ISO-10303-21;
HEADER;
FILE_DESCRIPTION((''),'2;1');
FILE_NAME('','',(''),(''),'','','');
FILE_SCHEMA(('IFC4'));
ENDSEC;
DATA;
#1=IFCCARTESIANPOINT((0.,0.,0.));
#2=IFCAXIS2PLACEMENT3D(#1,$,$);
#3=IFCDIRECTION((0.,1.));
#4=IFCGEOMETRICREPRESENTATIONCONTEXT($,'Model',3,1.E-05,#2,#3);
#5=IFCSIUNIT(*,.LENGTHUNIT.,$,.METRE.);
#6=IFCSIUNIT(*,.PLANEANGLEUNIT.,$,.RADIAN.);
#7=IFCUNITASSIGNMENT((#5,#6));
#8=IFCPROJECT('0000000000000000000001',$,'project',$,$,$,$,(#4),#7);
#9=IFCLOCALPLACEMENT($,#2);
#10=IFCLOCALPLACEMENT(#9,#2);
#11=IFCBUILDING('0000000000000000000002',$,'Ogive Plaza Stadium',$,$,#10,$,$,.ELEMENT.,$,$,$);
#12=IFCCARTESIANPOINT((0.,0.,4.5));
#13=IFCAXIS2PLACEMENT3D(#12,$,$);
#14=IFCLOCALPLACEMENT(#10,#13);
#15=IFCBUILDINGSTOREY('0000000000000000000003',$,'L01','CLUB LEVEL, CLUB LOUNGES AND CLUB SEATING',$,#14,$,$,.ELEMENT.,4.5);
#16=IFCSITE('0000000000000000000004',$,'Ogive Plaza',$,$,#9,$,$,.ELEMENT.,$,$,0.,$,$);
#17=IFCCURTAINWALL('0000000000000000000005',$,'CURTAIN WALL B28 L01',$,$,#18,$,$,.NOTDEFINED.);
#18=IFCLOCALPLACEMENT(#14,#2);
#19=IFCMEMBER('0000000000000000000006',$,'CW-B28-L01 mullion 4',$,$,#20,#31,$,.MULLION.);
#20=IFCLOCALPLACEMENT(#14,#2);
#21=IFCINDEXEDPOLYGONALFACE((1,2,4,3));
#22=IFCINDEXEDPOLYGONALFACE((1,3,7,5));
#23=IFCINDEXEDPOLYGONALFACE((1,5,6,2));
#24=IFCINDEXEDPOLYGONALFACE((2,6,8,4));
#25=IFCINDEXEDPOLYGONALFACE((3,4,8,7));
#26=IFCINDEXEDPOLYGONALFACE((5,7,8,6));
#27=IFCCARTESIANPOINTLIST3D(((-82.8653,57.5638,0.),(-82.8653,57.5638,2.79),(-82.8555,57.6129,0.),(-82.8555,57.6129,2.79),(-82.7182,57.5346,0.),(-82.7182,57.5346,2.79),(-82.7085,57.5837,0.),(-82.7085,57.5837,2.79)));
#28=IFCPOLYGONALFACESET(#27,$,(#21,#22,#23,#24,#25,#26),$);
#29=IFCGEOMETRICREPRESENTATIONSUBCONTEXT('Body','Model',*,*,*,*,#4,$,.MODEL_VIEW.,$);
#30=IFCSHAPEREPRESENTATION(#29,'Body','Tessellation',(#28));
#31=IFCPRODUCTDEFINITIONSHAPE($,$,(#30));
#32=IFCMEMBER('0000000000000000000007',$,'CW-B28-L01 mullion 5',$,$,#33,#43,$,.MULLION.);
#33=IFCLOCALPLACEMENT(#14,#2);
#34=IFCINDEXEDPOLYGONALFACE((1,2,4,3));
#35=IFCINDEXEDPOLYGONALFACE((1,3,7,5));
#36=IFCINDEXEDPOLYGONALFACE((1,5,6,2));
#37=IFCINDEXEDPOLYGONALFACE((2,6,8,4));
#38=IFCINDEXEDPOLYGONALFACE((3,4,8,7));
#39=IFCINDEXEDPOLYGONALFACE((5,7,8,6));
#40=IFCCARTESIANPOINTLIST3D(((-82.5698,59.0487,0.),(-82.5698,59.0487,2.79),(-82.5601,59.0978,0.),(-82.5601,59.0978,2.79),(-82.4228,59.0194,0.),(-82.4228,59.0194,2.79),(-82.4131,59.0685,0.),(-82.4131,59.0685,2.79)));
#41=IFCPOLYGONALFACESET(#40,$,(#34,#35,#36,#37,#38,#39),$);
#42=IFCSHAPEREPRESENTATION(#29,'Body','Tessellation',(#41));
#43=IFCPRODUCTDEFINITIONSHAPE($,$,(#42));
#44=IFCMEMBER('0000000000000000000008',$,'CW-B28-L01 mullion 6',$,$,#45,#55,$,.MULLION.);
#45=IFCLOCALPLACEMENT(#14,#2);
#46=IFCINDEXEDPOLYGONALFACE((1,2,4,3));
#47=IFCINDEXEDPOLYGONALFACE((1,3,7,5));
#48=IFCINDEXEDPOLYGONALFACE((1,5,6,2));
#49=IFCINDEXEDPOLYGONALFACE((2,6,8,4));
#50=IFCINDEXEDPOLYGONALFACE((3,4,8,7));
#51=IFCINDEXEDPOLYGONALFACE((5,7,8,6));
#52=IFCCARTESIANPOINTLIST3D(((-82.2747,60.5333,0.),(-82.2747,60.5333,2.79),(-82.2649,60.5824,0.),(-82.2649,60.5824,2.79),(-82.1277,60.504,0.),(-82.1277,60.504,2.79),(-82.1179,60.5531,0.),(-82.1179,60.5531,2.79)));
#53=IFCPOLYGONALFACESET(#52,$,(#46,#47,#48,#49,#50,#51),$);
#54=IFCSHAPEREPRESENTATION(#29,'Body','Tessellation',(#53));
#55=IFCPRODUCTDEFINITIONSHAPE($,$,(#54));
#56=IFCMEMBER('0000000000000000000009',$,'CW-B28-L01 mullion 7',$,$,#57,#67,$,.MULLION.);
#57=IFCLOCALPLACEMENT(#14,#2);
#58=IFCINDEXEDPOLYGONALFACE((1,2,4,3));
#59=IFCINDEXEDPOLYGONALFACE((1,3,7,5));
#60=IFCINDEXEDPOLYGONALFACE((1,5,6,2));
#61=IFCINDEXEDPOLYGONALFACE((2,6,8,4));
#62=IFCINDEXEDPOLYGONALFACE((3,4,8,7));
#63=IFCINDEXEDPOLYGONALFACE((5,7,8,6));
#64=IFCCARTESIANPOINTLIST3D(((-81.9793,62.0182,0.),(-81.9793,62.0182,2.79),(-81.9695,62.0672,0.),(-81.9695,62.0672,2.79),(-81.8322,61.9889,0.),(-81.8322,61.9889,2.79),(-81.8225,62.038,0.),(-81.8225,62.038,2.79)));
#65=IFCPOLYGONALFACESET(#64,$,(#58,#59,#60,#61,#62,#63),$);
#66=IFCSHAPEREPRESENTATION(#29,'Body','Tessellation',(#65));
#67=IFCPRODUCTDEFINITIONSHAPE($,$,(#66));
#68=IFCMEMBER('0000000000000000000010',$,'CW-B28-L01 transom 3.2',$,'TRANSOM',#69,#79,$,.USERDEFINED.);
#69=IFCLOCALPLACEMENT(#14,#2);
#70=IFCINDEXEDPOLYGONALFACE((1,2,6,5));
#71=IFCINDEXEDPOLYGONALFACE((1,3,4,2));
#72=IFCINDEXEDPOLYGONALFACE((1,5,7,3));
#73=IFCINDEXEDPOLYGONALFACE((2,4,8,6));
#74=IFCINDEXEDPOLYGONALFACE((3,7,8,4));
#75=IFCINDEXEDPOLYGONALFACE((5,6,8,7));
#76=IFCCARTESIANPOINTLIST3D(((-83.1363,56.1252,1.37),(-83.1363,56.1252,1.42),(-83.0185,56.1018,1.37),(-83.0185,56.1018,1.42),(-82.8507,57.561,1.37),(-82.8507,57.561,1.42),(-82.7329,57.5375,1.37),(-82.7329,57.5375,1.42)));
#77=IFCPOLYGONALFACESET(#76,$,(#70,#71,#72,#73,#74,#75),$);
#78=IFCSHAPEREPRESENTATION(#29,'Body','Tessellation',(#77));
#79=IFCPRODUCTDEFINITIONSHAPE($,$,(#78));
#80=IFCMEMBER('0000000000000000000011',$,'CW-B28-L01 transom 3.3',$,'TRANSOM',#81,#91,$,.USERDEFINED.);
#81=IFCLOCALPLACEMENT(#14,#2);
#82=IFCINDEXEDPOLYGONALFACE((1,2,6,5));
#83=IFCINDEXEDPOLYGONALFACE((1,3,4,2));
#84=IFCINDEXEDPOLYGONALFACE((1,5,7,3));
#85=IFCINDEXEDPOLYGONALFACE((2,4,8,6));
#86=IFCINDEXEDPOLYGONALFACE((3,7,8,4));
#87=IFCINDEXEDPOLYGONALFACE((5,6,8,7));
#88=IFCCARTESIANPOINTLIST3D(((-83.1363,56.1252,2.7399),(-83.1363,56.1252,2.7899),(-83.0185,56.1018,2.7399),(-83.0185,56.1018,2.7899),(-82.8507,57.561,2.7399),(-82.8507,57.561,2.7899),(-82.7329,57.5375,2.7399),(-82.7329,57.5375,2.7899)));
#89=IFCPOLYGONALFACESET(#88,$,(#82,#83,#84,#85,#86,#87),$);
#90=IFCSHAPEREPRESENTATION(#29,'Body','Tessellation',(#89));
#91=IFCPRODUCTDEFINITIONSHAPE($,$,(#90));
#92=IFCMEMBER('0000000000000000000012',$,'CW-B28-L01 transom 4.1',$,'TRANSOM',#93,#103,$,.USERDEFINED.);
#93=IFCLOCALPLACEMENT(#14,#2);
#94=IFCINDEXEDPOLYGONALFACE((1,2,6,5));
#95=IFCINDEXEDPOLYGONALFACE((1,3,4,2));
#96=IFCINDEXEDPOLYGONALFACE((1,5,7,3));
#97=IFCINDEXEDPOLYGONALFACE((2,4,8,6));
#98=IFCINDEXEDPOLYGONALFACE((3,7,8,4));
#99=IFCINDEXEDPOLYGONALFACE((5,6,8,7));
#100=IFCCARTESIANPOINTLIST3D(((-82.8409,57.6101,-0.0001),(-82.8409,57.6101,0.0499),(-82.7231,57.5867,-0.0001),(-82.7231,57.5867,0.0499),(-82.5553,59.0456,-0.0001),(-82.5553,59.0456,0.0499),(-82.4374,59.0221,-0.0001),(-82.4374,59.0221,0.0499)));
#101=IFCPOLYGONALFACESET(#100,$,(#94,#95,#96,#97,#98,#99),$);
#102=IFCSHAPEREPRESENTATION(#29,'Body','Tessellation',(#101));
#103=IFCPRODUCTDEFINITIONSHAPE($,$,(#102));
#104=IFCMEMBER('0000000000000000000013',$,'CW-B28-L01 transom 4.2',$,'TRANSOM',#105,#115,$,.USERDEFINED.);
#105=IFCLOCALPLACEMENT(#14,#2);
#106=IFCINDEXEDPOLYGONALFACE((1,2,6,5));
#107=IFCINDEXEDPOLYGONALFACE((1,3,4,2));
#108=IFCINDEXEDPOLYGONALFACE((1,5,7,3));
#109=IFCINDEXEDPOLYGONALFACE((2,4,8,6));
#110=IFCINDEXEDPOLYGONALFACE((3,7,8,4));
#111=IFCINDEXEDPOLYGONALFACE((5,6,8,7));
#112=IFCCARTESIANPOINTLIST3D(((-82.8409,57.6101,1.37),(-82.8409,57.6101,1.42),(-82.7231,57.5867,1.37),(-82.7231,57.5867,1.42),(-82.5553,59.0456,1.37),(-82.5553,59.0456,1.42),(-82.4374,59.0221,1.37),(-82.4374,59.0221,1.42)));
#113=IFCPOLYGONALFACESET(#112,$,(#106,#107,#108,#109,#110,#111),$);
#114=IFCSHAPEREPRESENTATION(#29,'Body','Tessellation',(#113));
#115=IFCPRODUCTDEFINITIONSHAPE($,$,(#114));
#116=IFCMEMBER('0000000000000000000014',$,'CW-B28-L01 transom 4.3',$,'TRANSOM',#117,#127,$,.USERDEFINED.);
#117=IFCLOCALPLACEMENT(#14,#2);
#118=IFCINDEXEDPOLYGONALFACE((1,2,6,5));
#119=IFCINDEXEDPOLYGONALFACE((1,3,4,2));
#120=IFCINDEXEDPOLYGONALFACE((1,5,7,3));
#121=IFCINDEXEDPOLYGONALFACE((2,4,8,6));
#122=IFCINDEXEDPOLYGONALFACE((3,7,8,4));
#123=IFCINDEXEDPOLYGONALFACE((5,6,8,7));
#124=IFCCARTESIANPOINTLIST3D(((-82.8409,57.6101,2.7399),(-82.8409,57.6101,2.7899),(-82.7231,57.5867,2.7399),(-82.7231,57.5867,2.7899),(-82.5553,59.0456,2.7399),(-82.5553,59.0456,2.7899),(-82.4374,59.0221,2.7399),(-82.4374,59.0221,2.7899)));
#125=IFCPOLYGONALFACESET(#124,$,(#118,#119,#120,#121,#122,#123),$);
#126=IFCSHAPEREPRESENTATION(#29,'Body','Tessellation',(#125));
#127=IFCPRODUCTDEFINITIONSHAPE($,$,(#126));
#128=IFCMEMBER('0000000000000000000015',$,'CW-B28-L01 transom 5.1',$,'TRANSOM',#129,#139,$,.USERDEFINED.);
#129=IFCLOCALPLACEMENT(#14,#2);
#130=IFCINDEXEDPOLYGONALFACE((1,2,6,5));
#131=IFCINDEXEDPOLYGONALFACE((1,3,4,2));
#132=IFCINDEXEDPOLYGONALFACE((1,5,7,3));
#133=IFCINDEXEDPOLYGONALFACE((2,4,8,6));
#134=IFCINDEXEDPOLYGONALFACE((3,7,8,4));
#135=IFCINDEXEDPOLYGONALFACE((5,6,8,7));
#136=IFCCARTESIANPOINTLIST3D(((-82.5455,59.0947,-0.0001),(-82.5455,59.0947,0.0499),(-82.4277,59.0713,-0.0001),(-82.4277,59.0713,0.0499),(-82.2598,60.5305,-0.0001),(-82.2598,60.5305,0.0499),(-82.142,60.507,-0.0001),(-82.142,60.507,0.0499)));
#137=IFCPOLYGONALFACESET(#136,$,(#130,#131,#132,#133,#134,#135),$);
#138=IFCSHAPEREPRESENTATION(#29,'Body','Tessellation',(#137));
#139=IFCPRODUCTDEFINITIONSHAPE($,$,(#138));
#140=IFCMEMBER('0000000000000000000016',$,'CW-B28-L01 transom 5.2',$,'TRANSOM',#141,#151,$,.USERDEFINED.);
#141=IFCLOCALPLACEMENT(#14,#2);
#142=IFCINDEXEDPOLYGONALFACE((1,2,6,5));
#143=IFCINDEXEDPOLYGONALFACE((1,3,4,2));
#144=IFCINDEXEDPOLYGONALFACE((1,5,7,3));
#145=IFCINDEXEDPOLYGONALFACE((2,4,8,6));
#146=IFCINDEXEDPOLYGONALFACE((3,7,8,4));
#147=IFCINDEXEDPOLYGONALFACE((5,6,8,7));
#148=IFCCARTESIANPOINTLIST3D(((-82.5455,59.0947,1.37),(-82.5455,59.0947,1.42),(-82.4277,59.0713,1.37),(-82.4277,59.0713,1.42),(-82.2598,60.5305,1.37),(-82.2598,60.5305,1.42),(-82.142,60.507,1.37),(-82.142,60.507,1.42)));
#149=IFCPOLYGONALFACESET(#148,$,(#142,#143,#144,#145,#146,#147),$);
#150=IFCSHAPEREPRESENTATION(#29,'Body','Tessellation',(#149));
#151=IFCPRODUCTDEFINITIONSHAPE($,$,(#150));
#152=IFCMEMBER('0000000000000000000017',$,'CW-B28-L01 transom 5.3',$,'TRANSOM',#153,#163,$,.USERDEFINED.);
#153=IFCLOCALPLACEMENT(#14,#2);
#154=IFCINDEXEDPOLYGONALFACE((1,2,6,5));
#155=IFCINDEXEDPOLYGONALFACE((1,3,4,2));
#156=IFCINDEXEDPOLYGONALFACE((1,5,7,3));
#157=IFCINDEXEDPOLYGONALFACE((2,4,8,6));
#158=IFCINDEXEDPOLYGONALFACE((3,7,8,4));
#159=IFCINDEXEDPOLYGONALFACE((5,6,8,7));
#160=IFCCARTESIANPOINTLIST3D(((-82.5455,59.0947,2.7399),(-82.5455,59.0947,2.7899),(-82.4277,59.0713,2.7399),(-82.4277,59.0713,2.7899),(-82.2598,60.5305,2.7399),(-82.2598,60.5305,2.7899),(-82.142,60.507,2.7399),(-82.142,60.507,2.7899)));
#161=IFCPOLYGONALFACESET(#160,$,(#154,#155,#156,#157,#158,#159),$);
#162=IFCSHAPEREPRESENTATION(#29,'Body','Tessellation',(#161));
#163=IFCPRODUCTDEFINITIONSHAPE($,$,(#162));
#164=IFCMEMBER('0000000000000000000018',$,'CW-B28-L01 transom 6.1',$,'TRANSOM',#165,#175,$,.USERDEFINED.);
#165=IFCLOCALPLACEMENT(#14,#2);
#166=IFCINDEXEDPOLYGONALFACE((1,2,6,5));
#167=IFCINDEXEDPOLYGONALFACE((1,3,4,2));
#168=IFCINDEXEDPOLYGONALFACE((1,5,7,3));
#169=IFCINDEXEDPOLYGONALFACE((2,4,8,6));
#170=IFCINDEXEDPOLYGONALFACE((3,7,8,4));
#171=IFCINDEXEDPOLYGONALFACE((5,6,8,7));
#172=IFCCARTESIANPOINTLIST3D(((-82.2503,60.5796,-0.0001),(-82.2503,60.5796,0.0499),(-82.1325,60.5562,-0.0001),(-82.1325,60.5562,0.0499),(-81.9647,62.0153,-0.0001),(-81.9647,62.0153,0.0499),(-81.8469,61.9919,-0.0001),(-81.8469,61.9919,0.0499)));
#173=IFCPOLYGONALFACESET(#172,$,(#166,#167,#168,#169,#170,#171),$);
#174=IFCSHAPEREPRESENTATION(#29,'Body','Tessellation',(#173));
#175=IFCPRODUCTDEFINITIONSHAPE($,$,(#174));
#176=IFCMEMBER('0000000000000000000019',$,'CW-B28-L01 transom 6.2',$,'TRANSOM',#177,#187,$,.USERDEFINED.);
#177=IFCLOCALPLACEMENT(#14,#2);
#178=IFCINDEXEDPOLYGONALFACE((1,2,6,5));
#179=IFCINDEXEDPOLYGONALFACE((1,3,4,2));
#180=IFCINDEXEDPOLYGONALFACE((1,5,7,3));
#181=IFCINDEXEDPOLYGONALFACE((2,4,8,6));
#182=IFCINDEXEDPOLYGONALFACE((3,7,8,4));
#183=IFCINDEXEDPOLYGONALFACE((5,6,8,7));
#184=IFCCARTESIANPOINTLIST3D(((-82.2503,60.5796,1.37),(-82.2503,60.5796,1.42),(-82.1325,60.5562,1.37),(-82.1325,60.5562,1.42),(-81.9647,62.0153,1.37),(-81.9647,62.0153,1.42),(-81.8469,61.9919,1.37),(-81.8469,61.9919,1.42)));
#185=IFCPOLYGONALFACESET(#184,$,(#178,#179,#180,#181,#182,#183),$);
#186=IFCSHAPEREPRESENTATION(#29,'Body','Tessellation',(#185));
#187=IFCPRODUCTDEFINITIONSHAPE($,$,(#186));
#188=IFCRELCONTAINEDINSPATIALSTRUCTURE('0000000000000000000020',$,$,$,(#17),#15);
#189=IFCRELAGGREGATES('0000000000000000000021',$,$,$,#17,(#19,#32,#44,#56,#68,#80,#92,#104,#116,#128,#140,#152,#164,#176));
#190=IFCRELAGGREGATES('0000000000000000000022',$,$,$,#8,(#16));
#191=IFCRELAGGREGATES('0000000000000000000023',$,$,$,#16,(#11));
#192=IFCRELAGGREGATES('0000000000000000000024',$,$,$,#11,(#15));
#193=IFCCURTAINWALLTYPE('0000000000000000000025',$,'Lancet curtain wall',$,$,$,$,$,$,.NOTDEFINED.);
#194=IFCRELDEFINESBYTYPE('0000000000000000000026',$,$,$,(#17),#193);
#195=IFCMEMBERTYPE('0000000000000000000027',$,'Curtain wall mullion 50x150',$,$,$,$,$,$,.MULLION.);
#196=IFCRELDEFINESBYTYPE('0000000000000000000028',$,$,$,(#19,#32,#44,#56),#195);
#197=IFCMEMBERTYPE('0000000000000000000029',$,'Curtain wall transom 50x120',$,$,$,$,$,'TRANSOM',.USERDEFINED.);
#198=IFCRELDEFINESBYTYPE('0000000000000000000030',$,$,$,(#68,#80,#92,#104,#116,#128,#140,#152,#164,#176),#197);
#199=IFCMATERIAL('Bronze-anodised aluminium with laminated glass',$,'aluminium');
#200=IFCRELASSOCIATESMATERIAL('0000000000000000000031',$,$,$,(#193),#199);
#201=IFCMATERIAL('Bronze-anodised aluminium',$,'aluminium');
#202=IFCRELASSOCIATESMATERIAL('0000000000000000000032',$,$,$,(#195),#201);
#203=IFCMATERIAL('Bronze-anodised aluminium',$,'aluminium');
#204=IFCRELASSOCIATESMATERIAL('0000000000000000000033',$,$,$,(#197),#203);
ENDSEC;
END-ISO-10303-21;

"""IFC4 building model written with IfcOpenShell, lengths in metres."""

from ifc_helpers import new_model, si_unit, direction, frame, origin, origin_2d, place, context, subcontext, project, spatial, rectangle, extrude, material, material_profile, profile_set, type_object, element, aggregate, save


model = new_model("IFC4")

# Units and contexts
model_context = context("Model", 3, precision=1e-05, world=origin(), true_north=direction((0.0, 1.0)))
body_context = subcontext(model_context, "Body", "Model", "MODEL_VIEW")
ifc_project = project(units=[si_unit("LENGTHUNIT", "METRE"), si_unit("PLANEANGLEUNIT", "RADIAN")], contexts=[model_context])

# Site, building, storey
site_placement = place(None, origin())
site = spatial("IfcSite", under=ifc_project, at=site_placement, Name="Ogive Plaza", CompositionType="ELEMENT", RefElevation=0.0)
building_placement = place(site_placement, origin())
building = spatial("IfcBuilding", under=site, at=building_placement, Name="Ogive Plaza Stadium", CompositionType="ELEMENT")
storey_placement = place(building_placement, frame((0.0, 0.0, 4.5)))
storey = spatial("IfcBuildingStorey", under=building, at=storey_placement, Name="L01", Description="CLUB LEVEL, CLUB LOUNGES AND CLUB SEATING", CompositionType="ELEMENT", Elevation=4.5)

# Curtain wall, members
ifc_material_1 = material(Name="Bronze-anodised aluminium with laminated glass", Category="aluminium")
curtain_wall_type = type_object("IfcCurtainWallType", Name="Lancet curtain wall", PredefinedType="NOTDEFINED", material=ifc_material_1)
curtain_wall_placement = place(storey_placement, origin())
curtain_wall = element("IfcCurtainWall", 1, at=curtain_wall_placement, inside=storey, type_object=curtain_wall_type, Name="CURTAIN WALL B28 L01", PredefinedType="NOTDEFINED")
ifc_material_2 = material(Name="Bronze-anodised aluminium", Category="aluminium")
ifc_material_profile_1 = material_profile(ifc_material_2, rectangle(XDim=0.1499, YDim=0.05, at=origin_2d()), Name="AL 150x50")
ifc_profile_set_1 = profile_set([ifc_material_profile_1], Name="Bronze-anodised aluminium")
member_type_1 = type_object("IfcMemberType", Name="Curtain wall mullion 50x150", PredefinedType="MULLION", material=ifc_profile_set_1)
member_1_placement = place(storey_placement, frame((-82.7869, 57.5737, 0.0), z_axis=(0.0, 0.0, 1.0), x_axis=(-0.980785, 0.19509, 0.0)))
member_1 = element("IfcMember", 2, at=member_1_placement, type_object=member_type_1, Name="CW-B28-L01 mullion 4", PredefinedType="MULLION", context=body_context, shape_type="SweptSolid", body=[
    extrude(rectangle(XDim=0.1499, YDim=0.05, at=origin_2d()), origin(), (0.0, 0.0, 1.0), 2.79),
])
member_2_placement = place(storey_placement, frame((-82.4915, 59.0586, 0.0), z_axis=(0.0, 0.0, 1.0), x_axis=(-0.980785, 0.19509, 0.0)))
member_2 = element("IfcMember", 3, at=member_2_placement, type_object=member_type_1, Name="CW-B28-L01 mullion 5", PredefinedType="MULLION", context=body_context, shape_type="SweptSolid", body=[
    extrude(rectangle(XDim=0.1499, YDim=0.05, at=origin_2d()), origin(), (0.0, 0.0, 1.0), 2.79),
])
member_3_placement = place(storey_placement, frame((-82.1963, 60.5432, 0.0), z_axis=(0.0, 0.0, 1.0), x_axis=(-0.980785, 0.19509, 0.0)))
member_3 = element("IfcMember", 4, at=member_3_placement, type_object=member_type_1, Name="CW-B28-L01 mullion 6", PredefinedType="MULLION", context=body_context, shape_type="SweptSolid", body=[
    extrude(rectangle(XDim=0.1499, YDim=0.05, at=origin_2d()), origin(), (0.0, 0.0, 1.0), 2.79),
])
member_4_placement = place(storey_placement, frame((-81.9009, 62.0281, 0.0), z_axis=(0.0, 0.0, 1.0), x_axis=(-0.980785, 0.19509, 0.0)))
member_4 = element("IfcMember", 5, at=member_4_placement, type_object=member_type_1, Name="CW-B28-L01 mullion 7", PredefinedType="MULLION", context=body_context, shape_type="SweptSolid", body=[
    extrude(rectangle(XDim=0.1499, YDim=0.05, at=origin_2d()), origin(), (0.0, 0.0, 1.0), 2.79),
])
ifc_material_3 = material(Name="Bronze-anodised aluminium", Category="aluminium")
ifc_material_profile_2 = material_profile(ifc_material_3, rectangle(XDim=0.1201, YDim=0.05, at=origin_2d()), Name="AL 120x50")
ifc_profile_set_2 = profile_set([ifc_material_profile_2], Name="Bronze-anodised aluminium")
member_type_2 = type_object("IfcMemberType", Name="Curtain wall transom 50x120", ElementType="TRANSOM", PredefinedType="USERDEFINED", material=ifc_profile_set_2)
member_5_placement = place(storey_placement, frame((-83.0774, 56.1135, 1.395), z_axis=(0.195122, 0.980779, 0.0), x_axis=(-0.980779, 0.195122, 0.0)))
member_5 = element("IfcMember", 6, at=member_5_placement, type_object=member_type_2, Name="CW-B28-L01 transom 3.2", ObjectType="TRANSOM", PredefinedType="USERDEFINED", context=body_context, shape_type="SweptSolid", body=[
    extrude(rectangle(XDim=0.1201, YDim=0.05, at=origin_2d()), origin(), (0.0, 0.0, 1.0), 1.4639),
])
member_6_placement = place(storey_placement, frame((-83.0774, 56.1135, 2.7649), z_axis=(0.195122, 0.980779, 0.0), x_axis=(-0.980779, 0.195122, 0.0)))
member_6 = element("IfcMember", 7, at=member_6_placement, type_object=member_type_2, Name="CW-B28-L01 transom 3.3", ObjectType="TRANSOM", PredefinedType="USERDEFINED", context=body_context, shape_type="SweptSolid", body=[
    extrude(rectangle(XDim=0.1201, YDim=0.05, at=origin_2d()), origin(), (0.0, 0.0, 1.0), 1.4639),
])
member_7_placement = place(storey_placement, frame((-82.782, 57.5984, 0.0249), z_axis=(0.195154, 0.980773, 0.0), x_axis=(-0.980773, 0.195154, 0.0)))
member_7 = element("IfcMember", 8, at=member_7_placement, type_object=member_type_2, Name="CW-B28-L01 transom 4.1", ObjectType="TRANSOM", PredefinedType="USERDEFINED", context=body_context, shape_type="SweptSolid", body=[
    extrude(rectangle(XDim=0.1201, YDim=0.05, at=origin_2d()), origin(), (0.0, 0.0, 1.0), 1.4636),
])
member_8_placement = place(storey_placement, frame((-82.782, 57.5984, 1.395), z_axis=(0.195154, 0.980773, 0.0), x_axis=(-0.980773, 0.195154, 0.0)))
member_8 = element("IfcMember", 9, at=member_8_placement, type_object=member_type_2, Name="CW-B28-L01 transom 4.2", ObjectType="TRANSOM", PredefinedType="USERDEFINED", context=body_context, shape_type="SweptSolid", body=[
    extrude(rectangle(XDim=0.1201, YDim=0.05, at=origin_2d()), origin(), (0.0, 0.0, 1.0), 1.4636),
])
member_9_placement = place(storey_placement, frame((-82.782, 57.5984, 2.7649), z_axis=(0.195154, 0.980773, 0.0), x_axis=(-0.980773, 0.195154, 0.0)))
member_9 = element("IfcMember", 10, at=member_9_placement, type_object=member_type_2, Name="CW-B28-L01 transom 4.3", ObjectType="TRANSOM", PredefinedType="USERDEFINED", context=body_context, shape_type="SweptSolid", body=[
    extrude(rectangle(XDim=0.1201, YDim=0.05, at=origin_2d()), origin(), (0.0, 0.0, 1.0), 1.4636),
])
member_10_placement = place(storey_placement, frame((-82.4866, 59.083, 0.0249), z_axis=(0.195122, 0.980779, 0.0), x_axis=(-0.980779, 0.195122, 0.0)))
member_10 = element("IfcMember", 11, at=member_10_placement, type_object=member_type_2, Name="CW-B28-L01 transom 5.1", ObjectType="TRANSOM", PredefinedType="USERDEFINED", context=body_context, shape_type="SweptSolid", body=[
    extrude(rectangle(XDim=0.1201, YDim=0.05, at=origin_2d()), origin(), (0.0, 0.0, 1.0), 1.4639),
])
member_11_placement = place(storey_placement, frame((-82.4866, 59.083, 1.395), z_axis=(0.195122, 0.980779, 0.0), x_axis=(-0.980779, 0.195122, 0.0)))
member_11 = element("IfcMember", 12, at=member_11_placement, type_object=member_type_2, Name="CW-B28-L01 transom 5.2", ObjectType="TRANSOM", PredefinedType="USERDEFINED", context=body_context, shape_type="SweptSolid", body=[
    extrude(rectangle(XDim=0.1201, YDim=0.05, at=origin_2d()), origin(), (0.0, 0.0, 1.0), 1.4639),
])
member_12_placement = place(storey_placement, frame((-82.4866, 59.083, 2.7649), z_axis=(0.195122, 0.980779, 0.0), x_axis=(-0.980779, 0.195122, 0.0)))
member_12 = element("IfcMember", 13, at=member_12_placement, type_object=member_type_2, Name="CW-B28-L01 transom 5.3", ObjectType="TRANSOM", PredefinedType="USERDEFINED", context=body_context, shape_type="SweptSolid", body=[
    extrude(rectangle(XDim=0.1201, YDim=0.05, at=origin_2d()), origin(), (0.0, 0.0, 1.0), 1.4639),
])
member_13_placement = place(storey_placement, frame((-82.1914, 60.5679, 0.0249), z_axis=(0.195122, 0.980779, 0.0), x_axis=(-0.980779, 0.195122, 0.0)))
member_13 = element("IfcMember", 14, at=member_13_placement, type_object=member_type_2, Name="CW-B28-L01 transom 6.1", ObjectType="TRANSOM", PredefinedType="USERDEFINED", context=body_context, shape_type="SweptSolid", body=[
    extrude(rectangle(XDim=0.1201, YDim=0.05, at=origin_2d()), origin(), (0.0, 0.0, 1.0), 1.4639),
])
member_14_placement = place(storey_placement, frame((-82.1914, 60.5679, 1.395), z_axis=(0.195122, 0.980779, 0.0), x_axis=(-0.980779, 0.195122, 0.0)))
member_14 = element("IfcMember", 15, at=member_14_placement, type_object=member_type_2, Name="CW-B28-L01 transom 6.2", ObjectType="TRANSOM", PredefinedType="USERDEFINED", context=body_context, shape_type="SweptSolid", body=[
    extrude(rectangle(XDim=0.1201, YDim=0.05, at=origin_2d()), origin(), (0.0, 0.0, 1.0), 1.4639),
])
aggregate(curtain_wall, [member_1, member_2, member_3, member_4, member_5, member_6, member_7, member_8, member_9, member_10, member_11, member_12, member_13, member_14])

save(model, "model.ifc")
